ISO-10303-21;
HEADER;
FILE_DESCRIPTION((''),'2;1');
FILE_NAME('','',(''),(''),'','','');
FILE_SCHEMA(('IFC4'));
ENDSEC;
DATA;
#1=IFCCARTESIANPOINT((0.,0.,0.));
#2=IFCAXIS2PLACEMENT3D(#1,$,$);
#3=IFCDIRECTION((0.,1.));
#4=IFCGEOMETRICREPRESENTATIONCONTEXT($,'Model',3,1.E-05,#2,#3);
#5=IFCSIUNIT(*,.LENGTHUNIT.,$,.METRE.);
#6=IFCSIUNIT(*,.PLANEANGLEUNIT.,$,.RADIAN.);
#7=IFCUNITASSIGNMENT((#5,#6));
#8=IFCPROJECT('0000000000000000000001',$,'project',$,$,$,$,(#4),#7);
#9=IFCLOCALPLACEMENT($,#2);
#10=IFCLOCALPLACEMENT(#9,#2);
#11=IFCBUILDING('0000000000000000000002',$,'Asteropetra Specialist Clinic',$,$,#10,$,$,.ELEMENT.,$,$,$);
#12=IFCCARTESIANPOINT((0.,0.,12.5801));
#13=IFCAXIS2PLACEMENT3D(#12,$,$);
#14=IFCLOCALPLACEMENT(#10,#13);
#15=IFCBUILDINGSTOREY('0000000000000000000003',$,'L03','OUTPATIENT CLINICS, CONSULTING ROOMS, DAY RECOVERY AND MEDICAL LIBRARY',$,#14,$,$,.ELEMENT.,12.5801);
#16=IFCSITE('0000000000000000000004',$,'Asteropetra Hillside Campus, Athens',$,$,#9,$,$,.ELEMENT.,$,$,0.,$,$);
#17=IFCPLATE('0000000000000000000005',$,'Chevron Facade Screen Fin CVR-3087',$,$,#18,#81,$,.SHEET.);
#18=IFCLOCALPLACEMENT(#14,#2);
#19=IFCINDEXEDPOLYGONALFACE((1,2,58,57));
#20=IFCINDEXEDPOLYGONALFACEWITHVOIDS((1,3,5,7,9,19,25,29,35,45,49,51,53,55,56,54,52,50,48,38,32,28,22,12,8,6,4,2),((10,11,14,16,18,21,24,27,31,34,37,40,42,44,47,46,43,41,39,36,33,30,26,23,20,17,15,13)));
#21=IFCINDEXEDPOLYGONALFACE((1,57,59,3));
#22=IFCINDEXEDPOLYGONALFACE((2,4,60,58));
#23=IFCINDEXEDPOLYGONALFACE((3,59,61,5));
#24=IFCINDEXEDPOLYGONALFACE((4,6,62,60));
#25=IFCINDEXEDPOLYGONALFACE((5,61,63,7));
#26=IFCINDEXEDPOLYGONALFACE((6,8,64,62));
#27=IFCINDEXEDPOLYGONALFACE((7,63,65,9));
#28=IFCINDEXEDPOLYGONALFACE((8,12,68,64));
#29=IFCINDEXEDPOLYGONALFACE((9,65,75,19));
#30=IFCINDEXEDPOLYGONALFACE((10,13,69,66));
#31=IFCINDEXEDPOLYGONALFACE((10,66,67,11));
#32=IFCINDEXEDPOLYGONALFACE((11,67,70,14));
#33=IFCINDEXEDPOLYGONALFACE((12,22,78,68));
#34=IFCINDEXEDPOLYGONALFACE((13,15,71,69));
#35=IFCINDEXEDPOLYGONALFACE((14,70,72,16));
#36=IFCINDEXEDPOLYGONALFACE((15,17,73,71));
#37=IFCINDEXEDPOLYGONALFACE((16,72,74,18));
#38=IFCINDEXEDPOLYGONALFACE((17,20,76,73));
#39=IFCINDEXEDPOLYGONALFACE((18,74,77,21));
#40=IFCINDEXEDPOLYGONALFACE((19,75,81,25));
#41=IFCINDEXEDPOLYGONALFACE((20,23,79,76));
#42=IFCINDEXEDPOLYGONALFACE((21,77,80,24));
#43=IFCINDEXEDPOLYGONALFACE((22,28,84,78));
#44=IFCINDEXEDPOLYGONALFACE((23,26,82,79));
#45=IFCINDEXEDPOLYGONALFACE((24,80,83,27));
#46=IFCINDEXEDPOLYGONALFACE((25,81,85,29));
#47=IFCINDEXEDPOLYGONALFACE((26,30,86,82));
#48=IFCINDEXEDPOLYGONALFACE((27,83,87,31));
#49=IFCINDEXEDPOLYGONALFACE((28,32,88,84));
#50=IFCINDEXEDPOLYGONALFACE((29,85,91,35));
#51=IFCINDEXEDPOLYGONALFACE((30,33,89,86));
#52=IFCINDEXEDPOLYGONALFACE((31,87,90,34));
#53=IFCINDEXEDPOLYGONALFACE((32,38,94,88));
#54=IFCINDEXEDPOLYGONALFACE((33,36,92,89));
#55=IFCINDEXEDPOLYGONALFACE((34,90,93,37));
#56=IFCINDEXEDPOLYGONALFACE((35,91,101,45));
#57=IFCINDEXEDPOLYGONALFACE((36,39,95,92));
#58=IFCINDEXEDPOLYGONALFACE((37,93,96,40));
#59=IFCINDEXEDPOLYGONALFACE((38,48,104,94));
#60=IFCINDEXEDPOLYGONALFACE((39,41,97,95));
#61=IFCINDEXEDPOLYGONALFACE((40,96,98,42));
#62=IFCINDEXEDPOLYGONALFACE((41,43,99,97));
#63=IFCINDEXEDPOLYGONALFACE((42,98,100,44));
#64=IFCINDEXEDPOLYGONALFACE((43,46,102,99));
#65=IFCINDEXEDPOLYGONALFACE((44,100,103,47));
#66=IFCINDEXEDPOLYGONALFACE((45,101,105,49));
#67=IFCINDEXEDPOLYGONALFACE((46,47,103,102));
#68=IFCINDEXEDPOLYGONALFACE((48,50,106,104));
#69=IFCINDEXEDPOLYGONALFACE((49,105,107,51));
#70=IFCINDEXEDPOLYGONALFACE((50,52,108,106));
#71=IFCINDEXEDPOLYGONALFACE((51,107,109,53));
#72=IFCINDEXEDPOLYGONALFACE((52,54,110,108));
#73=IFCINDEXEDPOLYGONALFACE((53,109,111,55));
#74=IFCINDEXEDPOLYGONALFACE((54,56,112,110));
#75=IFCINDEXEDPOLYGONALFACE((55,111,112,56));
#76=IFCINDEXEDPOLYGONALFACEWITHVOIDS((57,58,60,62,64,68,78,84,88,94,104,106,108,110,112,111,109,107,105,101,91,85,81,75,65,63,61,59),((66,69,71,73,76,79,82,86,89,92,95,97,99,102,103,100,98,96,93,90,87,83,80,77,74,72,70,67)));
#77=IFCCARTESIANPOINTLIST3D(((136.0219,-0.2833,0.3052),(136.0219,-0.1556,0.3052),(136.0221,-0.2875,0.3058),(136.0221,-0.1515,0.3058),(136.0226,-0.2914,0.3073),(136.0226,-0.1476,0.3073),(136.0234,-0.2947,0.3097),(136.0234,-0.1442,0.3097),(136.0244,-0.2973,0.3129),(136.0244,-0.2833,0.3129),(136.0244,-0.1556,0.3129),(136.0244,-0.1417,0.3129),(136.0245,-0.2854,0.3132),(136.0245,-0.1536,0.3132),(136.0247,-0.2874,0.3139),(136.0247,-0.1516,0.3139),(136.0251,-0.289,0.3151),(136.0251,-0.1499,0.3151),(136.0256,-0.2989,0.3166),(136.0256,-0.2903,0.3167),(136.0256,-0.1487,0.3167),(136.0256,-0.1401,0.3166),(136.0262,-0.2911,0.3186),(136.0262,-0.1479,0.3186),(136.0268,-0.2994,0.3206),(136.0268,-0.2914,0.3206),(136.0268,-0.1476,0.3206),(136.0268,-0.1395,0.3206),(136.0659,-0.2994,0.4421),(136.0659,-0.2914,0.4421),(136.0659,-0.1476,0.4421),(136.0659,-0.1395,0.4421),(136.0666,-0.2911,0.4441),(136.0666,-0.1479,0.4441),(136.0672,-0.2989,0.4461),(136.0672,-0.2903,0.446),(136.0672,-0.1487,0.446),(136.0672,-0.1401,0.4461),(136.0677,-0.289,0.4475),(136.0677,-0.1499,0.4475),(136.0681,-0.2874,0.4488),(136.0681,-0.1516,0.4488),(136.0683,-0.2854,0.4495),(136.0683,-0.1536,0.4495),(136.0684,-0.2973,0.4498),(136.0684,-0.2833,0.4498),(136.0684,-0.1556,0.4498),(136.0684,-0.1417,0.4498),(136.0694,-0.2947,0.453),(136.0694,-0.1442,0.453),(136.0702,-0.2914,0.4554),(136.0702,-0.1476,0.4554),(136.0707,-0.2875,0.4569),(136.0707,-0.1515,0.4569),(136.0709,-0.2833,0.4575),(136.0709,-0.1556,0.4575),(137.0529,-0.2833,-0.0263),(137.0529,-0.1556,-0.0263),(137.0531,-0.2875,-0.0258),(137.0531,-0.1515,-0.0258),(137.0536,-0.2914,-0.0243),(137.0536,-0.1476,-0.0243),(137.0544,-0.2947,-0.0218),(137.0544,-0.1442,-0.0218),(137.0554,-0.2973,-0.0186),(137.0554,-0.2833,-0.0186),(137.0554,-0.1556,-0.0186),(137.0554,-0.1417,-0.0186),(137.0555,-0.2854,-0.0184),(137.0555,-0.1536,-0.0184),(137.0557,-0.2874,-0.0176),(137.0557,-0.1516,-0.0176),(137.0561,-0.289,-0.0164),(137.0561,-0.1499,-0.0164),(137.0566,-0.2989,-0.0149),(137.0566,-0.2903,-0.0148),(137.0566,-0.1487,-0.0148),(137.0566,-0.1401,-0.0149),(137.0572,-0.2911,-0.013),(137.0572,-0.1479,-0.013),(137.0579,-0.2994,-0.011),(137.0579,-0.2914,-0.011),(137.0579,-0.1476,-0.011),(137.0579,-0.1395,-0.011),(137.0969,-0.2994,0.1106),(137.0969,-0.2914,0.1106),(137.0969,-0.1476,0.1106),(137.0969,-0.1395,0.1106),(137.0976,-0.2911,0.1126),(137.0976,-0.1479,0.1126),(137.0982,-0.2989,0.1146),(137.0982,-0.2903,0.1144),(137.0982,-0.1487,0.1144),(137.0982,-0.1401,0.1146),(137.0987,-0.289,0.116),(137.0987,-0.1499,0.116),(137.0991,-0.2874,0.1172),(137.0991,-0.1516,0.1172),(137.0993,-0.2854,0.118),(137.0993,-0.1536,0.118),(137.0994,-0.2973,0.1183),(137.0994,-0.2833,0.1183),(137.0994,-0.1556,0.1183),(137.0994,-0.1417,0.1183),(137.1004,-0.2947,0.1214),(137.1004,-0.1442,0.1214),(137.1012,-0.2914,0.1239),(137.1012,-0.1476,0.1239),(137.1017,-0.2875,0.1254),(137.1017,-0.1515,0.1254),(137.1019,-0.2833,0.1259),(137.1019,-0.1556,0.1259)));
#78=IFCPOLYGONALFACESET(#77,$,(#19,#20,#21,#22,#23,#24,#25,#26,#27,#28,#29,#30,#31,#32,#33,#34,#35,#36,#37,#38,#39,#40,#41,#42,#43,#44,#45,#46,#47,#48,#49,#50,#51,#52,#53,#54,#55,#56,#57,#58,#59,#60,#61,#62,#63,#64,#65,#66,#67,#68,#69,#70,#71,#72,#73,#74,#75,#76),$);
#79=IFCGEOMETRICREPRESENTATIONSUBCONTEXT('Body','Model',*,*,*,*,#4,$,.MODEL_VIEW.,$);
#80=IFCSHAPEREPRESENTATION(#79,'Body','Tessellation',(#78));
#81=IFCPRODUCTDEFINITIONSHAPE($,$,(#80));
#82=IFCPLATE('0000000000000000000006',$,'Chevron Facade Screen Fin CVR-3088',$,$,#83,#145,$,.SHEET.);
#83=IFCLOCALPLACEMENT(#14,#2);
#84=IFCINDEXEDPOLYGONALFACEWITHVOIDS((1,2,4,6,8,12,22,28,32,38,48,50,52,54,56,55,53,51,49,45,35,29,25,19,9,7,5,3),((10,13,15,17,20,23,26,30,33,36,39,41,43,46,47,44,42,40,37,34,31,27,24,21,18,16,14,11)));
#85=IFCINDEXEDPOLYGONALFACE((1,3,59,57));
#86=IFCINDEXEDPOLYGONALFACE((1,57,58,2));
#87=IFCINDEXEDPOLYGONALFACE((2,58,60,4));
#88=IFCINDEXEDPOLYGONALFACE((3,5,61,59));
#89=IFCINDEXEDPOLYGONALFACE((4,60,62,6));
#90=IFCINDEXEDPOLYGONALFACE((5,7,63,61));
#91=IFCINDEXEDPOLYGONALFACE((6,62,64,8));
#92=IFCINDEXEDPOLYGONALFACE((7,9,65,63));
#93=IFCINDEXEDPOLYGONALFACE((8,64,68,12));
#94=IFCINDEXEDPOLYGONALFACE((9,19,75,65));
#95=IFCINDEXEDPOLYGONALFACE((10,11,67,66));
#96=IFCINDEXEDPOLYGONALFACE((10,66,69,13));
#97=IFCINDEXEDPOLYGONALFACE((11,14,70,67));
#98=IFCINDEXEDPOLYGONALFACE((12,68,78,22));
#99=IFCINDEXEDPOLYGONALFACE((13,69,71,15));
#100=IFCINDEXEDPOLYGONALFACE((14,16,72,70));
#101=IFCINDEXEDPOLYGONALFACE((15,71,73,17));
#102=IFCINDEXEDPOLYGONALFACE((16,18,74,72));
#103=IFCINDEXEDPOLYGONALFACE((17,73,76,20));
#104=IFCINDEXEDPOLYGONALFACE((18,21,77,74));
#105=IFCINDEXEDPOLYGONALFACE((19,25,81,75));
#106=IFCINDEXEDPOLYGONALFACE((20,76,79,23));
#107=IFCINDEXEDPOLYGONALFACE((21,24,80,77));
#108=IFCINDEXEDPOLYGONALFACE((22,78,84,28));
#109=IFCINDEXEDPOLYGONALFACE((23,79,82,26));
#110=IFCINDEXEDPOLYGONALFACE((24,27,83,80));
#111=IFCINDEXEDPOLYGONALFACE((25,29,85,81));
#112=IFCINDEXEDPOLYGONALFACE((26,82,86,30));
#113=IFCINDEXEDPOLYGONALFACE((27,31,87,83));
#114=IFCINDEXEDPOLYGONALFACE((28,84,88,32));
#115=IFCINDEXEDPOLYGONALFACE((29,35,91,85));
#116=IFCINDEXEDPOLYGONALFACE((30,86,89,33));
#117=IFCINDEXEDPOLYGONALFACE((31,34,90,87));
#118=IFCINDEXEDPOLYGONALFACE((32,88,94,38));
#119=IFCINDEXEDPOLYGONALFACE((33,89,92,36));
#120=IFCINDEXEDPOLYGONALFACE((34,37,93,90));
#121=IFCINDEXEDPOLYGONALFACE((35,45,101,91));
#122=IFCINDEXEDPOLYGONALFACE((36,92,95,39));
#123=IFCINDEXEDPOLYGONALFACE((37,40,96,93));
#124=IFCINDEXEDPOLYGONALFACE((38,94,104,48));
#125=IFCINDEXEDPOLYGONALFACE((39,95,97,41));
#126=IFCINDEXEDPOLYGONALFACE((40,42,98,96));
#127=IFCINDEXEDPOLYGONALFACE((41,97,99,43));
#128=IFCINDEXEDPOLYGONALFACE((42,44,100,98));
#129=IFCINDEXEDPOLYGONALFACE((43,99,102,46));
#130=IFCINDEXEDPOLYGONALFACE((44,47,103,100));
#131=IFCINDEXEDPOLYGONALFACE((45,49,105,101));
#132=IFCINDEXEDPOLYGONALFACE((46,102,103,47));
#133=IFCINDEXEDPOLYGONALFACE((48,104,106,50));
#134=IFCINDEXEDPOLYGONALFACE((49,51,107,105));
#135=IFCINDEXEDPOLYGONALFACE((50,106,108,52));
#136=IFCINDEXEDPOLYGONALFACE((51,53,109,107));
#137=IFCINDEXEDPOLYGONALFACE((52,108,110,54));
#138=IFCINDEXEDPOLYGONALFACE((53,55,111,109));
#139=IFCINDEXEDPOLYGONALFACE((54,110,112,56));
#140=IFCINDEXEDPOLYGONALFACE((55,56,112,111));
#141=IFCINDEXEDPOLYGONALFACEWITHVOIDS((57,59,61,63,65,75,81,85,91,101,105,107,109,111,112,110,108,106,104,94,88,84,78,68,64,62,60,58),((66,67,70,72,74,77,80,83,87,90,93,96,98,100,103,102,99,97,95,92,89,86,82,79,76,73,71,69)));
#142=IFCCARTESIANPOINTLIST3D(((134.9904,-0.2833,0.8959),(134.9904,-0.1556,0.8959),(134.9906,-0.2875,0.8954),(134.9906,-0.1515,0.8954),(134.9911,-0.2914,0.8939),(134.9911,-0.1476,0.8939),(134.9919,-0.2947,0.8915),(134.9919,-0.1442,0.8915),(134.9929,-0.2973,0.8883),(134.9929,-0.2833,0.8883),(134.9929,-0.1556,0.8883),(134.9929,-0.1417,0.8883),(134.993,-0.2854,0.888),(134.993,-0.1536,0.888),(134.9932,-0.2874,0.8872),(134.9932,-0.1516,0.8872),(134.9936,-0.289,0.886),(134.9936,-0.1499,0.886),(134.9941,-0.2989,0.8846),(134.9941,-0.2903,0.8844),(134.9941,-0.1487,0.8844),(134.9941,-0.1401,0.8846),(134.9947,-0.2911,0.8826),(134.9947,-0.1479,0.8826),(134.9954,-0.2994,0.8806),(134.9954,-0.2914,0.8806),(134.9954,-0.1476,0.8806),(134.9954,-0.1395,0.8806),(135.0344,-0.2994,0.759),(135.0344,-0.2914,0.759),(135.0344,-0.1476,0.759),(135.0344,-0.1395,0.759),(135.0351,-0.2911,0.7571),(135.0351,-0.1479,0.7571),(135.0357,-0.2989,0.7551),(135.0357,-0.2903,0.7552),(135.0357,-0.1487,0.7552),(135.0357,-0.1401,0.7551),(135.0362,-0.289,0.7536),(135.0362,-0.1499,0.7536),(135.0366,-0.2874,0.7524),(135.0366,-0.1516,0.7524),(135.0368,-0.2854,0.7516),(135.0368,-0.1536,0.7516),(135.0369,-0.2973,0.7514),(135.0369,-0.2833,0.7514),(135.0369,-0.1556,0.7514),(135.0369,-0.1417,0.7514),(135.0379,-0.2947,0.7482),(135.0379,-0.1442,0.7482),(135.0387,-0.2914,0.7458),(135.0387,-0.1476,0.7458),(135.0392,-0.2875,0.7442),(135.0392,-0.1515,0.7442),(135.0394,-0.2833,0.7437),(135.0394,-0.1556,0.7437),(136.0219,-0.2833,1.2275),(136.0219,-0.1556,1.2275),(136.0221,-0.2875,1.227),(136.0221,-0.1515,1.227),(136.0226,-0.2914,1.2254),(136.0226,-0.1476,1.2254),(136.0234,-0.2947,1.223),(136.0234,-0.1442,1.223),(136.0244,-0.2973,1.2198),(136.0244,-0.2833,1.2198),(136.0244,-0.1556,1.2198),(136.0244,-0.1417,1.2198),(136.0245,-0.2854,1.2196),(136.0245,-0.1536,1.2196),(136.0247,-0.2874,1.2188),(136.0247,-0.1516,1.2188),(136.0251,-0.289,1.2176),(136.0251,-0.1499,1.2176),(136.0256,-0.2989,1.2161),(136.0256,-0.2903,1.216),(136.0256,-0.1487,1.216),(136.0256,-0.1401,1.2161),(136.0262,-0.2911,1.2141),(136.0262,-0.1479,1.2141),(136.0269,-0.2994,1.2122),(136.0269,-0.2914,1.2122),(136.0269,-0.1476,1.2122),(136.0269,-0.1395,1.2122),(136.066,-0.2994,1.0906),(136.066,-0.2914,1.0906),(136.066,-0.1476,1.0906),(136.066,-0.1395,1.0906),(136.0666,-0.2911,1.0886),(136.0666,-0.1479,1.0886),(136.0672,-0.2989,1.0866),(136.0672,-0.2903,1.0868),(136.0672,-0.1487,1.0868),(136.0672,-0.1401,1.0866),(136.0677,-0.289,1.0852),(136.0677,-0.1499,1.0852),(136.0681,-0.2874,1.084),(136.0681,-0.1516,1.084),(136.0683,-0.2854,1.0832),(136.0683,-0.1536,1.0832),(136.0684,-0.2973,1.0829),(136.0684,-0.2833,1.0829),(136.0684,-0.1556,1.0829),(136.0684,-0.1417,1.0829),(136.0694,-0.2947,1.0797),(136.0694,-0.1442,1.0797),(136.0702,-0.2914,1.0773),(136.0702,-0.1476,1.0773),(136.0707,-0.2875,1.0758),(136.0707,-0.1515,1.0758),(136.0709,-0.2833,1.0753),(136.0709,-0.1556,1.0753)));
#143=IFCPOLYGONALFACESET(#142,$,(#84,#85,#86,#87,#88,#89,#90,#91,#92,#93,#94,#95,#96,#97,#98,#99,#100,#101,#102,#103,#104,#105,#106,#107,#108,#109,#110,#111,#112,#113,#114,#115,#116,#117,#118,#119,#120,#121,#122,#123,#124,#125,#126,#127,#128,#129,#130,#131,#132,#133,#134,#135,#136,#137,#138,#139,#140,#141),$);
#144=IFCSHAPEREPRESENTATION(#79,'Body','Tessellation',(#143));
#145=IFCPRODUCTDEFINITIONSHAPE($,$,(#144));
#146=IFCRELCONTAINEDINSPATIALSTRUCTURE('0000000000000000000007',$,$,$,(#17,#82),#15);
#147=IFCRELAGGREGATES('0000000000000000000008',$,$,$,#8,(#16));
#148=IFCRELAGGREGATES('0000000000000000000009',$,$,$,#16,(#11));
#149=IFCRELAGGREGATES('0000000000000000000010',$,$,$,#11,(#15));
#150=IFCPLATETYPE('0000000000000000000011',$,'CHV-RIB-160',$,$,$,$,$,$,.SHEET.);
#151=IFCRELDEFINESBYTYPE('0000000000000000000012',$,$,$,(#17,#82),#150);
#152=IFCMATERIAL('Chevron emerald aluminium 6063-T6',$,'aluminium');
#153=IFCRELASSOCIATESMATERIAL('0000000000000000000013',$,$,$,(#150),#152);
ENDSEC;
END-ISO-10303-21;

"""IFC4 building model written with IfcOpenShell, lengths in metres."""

from ifc_helpers import new_model, si_unit, direction, frame, origin, origin_2d, place, context, subcontext, project, spatial, hollow_rectangle, extrude, material, material_profile, profile_set, type_object, element, save


model = new_model("IFC4")

# Units and contexts
model_context = context("Model", 3, precision=1e-05, world=origin(), true_north=direction((0.0, 1.0)))
body_context = subcontext(model_context, "Body", "Model", "MODEL_VIEW")
ifc_project = project(units=[si_unit("LENGTHUNIT", "METRE"), si_unit("PLANEANGLEUNIT", "RADIAN")], contexts=[model_context])

# Site, building, storey
site_placement = place(None, origin())
site = spatial("IfcSite", under=ifc_project, at=site_placement, Name="Asteropetra Hillside Campus, Athens", CompositionType="ELEMENT", RefElevation=0.0)
building_placement = place(site_placement, origin())
building = spatial("IfcBuilding", under=site, at=building_placement, Name="Asteropetra Specialist Clinic", CompositionType="ELEMENT")
storey_placement = place(building_placement, frame((0.0, 0.0, 12.5801)))
storey = spatial("IfcBuildingStorey", under=building, at=storey_placement, Name="L03", Description="OUTPATIENT CLINICS, CONSULTING ROOMS, DAY RECOVERY AND MEDICAL LIBRARY", CompositionType="ELEMENT", Elevation=12.5801)

# Plates
ifc_material_1 = material(Name="Chevron emerald aluminium 6063-T6", Category="aluminium")
ifc_material_profile_1 = material_profile(ifc_material_1, hollow_rectangle(XDim=0.1599, YDim=0.1599, WallThickness=0.0081, InnerFilletRadius=0.0081, OuterFilletRadius=0.0161, at=origin_2d()), Name="SHS 160x160x8.0")
ifc_profile_set_1 = profile_set([ifc_material_profile_1], Name="Chevron emerald aluminium 6063-T6")
plate_type_1 = type_object("IfcPlateType", Name="CHV-RIB-160", PredefinedType="SHEET", material=ifc_profile_set_1)
plate_1_placement = place(storey_placement, frame((136.0464, -0.2195, 0.3813), z_axis=(0.951989, 0.0, -0.306133), x_axis=(0.0, 1.0, 0.0)))
element("IfcPlate", 1, at=plate_1_placement, inside=storey, type_object=plate_type_1, Name="Chevron Facade Screen Fin CVR-3087", PredefinedType="SHEET", context=body_context, shape_type="SweptSolid", body=[
    extrude(hollow_rectangle(XDim=0.1599, YDim=0.1599, WallThickness=0.0081, InnerFilletRadius=0.0081, OuterFilletRadius=0.0161, at=origin_2d()), origin(), (0.0, 0.0, 1.0), 1.083),
])
plate_2_placement = place(storey_placement, frame((135.0149, -0.2195, 0.8198), z_axis=(0.952031, 0.0, 0.306002), x_axis=(0.0, 1.0, 0.0)))
element("IfcPlate", 2, at=plate_2_placement, inside=storey, type_object=plate_type_1, Name="Chevron Facade Screen Fin CVR-3088", PredefinedType="SHEET", context=body_context, shape_type="SweptSolid", body=[
    extrude(hollow_rectangle(XDim=0.1599, YDim=0.1599, WallThickness=0.0081, InnerFilletRadius=0.0081, OuterFilletRadius=0.0161, at=origin_2d()), origin(), (0.0, 0.0, 1.0), 1.0835),
])

save(model, "model.ifc")
